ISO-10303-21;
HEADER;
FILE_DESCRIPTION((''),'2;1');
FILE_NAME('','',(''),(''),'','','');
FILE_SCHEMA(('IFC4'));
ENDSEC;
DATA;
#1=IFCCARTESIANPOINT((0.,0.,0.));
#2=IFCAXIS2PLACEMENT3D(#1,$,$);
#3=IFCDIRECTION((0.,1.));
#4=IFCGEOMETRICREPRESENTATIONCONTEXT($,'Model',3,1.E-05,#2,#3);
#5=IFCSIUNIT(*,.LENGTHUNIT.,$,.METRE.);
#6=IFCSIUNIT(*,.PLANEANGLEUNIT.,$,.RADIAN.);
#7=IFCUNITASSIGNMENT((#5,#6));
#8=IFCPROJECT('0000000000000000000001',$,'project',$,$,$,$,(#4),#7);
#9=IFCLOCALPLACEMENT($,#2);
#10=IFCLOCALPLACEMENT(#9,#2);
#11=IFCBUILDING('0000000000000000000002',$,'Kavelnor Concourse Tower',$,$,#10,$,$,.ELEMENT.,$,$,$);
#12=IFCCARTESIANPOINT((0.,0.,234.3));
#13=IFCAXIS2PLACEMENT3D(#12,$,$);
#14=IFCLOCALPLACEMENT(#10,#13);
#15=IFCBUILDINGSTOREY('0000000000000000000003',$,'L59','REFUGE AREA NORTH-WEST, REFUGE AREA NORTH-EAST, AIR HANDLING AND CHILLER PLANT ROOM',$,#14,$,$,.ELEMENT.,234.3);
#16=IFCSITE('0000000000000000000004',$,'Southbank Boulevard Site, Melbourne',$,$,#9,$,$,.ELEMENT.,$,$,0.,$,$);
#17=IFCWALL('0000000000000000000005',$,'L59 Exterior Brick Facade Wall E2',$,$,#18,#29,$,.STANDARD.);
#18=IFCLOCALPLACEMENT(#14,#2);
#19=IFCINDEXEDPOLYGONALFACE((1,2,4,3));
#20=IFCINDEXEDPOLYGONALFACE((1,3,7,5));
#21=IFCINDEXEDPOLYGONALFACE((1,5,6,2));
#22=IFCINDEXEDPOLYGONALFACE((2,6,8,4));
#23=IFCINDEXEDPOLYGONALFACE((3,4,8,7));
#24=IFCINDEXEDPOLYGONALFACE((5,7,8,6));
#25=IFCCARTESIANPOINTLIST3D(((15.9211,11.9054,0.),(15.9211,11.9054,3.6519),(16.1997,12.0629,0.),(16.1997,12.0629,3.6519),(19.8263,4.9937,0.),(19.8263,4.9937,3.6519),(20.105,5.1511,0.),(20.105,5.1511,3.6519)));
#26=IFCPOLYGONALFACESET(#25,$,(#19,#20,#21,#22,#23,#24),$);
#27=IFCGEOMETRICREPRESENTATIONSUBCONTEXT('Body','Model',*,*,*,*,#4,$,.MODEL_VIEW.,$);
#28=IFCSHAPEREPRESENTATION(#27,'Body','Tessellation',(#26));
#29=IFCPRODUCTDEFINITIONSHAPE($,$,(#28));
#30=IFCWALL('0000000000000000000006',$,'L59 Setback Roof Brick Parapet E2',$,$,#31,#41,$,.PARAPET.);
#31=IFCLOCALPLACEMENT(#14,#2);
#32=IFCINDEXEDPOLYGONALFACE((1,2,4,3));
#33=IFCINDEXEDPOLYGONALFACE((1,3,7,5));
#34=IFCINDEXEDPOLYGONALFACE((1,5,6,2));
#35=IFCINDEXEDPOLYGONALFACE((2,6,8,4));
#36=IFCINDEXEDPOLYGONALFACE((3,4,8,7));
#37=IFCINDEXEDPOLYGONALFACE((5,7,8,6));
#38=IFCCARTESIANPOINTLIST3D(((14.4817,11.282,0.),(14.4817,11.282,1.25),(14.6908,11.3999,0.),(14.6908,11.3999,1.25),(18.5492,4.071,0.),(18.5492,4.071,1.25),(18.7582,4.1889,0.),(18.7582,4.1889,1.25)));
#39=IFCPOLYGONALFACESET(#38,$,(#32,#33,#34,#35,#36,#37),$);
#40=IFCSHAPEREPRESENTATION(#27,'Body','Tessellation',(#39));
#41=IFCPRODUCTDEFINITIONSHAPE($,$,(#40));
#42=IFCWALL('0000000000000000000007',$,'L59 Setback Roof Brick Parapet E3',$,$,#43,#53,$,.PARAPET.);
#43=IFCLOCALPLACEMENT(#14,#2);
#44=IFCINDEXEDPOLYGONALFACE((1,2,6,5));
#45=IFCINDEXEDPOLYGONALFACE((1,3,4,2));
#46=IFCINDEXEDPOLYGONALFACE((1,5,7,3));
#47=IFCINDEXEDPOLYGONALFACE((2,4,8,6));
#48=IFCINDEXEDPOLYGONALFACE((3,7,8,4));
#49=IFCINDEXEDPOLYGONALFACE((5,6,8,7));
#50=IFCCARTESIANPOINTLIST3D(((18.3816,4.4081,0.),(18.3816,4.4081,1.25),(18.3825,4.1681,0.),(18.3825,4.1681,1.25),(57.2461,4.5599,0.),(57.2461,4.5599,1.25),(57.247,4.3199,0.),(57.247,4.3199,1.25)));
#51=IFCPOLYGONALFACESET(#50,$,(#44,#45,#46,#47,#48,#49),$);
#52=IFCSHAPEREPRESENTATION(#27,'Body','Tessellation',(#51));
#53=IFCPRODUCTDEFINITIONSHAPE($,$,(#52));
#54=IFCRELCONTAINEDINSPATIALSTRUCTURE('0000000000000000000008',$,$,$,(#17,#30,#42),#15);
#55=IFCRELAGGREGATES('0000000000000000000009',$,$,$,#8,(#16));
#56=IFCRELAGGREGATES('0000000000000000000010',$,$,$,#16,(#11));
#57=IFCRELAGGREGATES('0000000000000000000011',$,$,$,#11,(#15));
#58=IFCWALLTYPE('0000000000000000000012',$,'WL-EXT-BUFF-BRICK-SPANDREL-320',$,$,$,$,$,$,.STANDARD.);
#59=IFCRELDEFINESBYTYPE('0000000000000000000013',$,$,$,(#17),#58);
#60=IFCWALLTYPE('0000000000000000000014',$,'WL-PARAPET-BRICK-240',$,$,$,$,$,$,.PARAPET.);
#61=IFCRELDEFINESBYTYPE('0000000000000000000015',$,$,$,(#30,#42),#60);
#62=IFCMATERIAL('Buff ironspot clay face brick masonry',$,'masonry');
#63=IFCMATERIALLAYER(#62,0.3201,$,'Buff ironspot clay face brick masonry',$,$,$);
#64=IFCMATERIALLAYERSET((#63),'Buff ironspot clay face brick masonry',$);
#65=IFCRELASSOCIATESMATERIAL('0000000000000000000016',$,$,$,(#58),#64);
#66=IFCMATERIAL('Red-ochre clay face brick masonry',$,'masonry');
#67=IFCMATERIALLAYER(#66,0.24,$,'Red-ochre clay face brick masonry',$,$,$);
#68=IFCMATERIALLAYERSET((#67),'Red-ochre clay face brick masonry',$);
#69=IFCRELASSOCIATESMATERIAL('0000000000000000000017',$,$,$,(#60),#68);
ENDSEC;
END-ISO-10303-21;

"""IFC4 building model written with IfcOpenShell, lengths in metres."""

from ifc_helpers import new_model, si_unit, direction, frame, frame_2d, origin, place, context, subcontext, project, spatial, rectangle, extrude, material, layer, layer_set, type_object, element, save


model = new_model("IFC4")

# Units and contexts
model_context = context("Model", 3, precision=1e-05, world=origin(), true_north=direction((0.0, 1.0)))
body_context = subcontext(model_context, "Body", "Model", "MODEL_VIEW")
ifc_project = project(units=[si_unit("LENGTHUNIT", "METRE"), si_unit("PLANEANGLEUNIT", "RADIAN")], contexts=[model_context])

# Site, building, storey
site_placement = place(None, origin())
site = spatial("IfcSite", under=ifc_project, at=site_placement, Name="Southbank Boulevard Site, Melbourne", CompositionType="ELEMENT", RefElevation=0.0)
building_placement = place(site_placement, origin())
building = spatial("IfcBuilding", under=site, at=building_placement, Name="Kavelnor Concourse Tower", CompositionType="ELEMENT")
storey_placement = place(building_placement, frame((0.0, 0.0, 234.3)))
storey = spatial("IfcBuildingStorey", under=building, at=storey_placement, Name="L59", Description="REFUGE AREA NORTH-WEST, REFUGE AREA NORTH-EAST, AIR HANDLING AND CHILLER PLANT ROOM", CompositionType="ELEMENT", Elevation=234.3)

# Walls
ifc_material_1 = material(Name="Buff ironspot clay face brick masonry", Category="masonry")
ifc_layer_1 = layer(ifc_material_1, 0.3201, Name="Buff ironspot clay face brick masonry")
ifc_layer_set_1 = layer_set([ifc_layer_1], Name="Buff ironspot clay face brick masonry")
wall_type_1 = type_object("IfcWallType", Name="WL-EXT-BUFF-BRICK-SPANDREL-320", PredefinedType="STANDARD", material=ifc_layer_set_1)
wall_1_placement = place(storey_placement, frame((19.9656, 5.0725, 0.0), z_axis=(0.0, 0.0, 1.0), x_axis=(-0.49192, 0.87064, 0.0)))
element("IfcWall", 1, at=wall_1_placement, inside=storey, type_object=wall_type_1, Name="L59 Exterior Brick Facade Wall E2", PredefinedType="STANDARD", context=body_context, shape_type="SweptSolid", body=[
    extrude(rectangle(XDim=7.9387, YDim=0.3201, at=frame_2d((3.9692, 0.0))), origin(), (0.0, 0.0, 1.0), 3.6519),
])
ifc_material_2 = material(Name="Red-ochre clay face brick masonry", Category="masonry")
ifc_layer_2 = layer(ifc_material_2, 0.24, Name="Red-ochre clay face brick masonry")
ifc_layer_set_2 = layer_set([ifc_layer_2], Name="Red-ochre clay face brick masonry")
wall_type_2 = type_object("IfcWallType", Name="WL-PARAPET-BRICK-240", PredefinedType="PARAPET", material=ifc_layer_set_2)
wall_2_placement = place(storey_placement, frame((14.5862, 11.3411, 0.0), z_axis=(0.0, 0.0, 1.0), x_axis=(0.491291, -0.870995, 0.0)))
element("IfcWall", 2, at=wall_2_placement, inside=storey, type_object=wall_type_2, Name="L59 Setback Roof Brick Parapet E2", PredefinedType="PARAPET", context=body_context, shape_type="SweptSolid", body=[
    extrude(rectangle(XDim=8.2791, YDim=0.24, at=frame_2d((4.1396, 0.0))), origin(), (0.0, 0.0, 1.0), 1.25),
])
wall_3_placement = place(storey_placement, frame((18.3821, 4.2881, 0.0), z_axis=(0.0, 0.0, 1.0), x_axis=(0.999992, 0.003907, 0.0)))
element("IfcWall", 3, at=wall_3_placement, inside=storey, type_object=wall_type_2, Name="L59 Setback Roof Brick Parapet E3", PredefinedType="PARAPET", context=body_context, shape_type="SweptSolid", body=[
    extrude(rectangle(XDim=38.8647, YDim=0.24, at=frame_2d((19.4324, 0.0))), origin(), (0.0, 0.0, 1.0), 1.25),
])

save(model, "model.ifc")
